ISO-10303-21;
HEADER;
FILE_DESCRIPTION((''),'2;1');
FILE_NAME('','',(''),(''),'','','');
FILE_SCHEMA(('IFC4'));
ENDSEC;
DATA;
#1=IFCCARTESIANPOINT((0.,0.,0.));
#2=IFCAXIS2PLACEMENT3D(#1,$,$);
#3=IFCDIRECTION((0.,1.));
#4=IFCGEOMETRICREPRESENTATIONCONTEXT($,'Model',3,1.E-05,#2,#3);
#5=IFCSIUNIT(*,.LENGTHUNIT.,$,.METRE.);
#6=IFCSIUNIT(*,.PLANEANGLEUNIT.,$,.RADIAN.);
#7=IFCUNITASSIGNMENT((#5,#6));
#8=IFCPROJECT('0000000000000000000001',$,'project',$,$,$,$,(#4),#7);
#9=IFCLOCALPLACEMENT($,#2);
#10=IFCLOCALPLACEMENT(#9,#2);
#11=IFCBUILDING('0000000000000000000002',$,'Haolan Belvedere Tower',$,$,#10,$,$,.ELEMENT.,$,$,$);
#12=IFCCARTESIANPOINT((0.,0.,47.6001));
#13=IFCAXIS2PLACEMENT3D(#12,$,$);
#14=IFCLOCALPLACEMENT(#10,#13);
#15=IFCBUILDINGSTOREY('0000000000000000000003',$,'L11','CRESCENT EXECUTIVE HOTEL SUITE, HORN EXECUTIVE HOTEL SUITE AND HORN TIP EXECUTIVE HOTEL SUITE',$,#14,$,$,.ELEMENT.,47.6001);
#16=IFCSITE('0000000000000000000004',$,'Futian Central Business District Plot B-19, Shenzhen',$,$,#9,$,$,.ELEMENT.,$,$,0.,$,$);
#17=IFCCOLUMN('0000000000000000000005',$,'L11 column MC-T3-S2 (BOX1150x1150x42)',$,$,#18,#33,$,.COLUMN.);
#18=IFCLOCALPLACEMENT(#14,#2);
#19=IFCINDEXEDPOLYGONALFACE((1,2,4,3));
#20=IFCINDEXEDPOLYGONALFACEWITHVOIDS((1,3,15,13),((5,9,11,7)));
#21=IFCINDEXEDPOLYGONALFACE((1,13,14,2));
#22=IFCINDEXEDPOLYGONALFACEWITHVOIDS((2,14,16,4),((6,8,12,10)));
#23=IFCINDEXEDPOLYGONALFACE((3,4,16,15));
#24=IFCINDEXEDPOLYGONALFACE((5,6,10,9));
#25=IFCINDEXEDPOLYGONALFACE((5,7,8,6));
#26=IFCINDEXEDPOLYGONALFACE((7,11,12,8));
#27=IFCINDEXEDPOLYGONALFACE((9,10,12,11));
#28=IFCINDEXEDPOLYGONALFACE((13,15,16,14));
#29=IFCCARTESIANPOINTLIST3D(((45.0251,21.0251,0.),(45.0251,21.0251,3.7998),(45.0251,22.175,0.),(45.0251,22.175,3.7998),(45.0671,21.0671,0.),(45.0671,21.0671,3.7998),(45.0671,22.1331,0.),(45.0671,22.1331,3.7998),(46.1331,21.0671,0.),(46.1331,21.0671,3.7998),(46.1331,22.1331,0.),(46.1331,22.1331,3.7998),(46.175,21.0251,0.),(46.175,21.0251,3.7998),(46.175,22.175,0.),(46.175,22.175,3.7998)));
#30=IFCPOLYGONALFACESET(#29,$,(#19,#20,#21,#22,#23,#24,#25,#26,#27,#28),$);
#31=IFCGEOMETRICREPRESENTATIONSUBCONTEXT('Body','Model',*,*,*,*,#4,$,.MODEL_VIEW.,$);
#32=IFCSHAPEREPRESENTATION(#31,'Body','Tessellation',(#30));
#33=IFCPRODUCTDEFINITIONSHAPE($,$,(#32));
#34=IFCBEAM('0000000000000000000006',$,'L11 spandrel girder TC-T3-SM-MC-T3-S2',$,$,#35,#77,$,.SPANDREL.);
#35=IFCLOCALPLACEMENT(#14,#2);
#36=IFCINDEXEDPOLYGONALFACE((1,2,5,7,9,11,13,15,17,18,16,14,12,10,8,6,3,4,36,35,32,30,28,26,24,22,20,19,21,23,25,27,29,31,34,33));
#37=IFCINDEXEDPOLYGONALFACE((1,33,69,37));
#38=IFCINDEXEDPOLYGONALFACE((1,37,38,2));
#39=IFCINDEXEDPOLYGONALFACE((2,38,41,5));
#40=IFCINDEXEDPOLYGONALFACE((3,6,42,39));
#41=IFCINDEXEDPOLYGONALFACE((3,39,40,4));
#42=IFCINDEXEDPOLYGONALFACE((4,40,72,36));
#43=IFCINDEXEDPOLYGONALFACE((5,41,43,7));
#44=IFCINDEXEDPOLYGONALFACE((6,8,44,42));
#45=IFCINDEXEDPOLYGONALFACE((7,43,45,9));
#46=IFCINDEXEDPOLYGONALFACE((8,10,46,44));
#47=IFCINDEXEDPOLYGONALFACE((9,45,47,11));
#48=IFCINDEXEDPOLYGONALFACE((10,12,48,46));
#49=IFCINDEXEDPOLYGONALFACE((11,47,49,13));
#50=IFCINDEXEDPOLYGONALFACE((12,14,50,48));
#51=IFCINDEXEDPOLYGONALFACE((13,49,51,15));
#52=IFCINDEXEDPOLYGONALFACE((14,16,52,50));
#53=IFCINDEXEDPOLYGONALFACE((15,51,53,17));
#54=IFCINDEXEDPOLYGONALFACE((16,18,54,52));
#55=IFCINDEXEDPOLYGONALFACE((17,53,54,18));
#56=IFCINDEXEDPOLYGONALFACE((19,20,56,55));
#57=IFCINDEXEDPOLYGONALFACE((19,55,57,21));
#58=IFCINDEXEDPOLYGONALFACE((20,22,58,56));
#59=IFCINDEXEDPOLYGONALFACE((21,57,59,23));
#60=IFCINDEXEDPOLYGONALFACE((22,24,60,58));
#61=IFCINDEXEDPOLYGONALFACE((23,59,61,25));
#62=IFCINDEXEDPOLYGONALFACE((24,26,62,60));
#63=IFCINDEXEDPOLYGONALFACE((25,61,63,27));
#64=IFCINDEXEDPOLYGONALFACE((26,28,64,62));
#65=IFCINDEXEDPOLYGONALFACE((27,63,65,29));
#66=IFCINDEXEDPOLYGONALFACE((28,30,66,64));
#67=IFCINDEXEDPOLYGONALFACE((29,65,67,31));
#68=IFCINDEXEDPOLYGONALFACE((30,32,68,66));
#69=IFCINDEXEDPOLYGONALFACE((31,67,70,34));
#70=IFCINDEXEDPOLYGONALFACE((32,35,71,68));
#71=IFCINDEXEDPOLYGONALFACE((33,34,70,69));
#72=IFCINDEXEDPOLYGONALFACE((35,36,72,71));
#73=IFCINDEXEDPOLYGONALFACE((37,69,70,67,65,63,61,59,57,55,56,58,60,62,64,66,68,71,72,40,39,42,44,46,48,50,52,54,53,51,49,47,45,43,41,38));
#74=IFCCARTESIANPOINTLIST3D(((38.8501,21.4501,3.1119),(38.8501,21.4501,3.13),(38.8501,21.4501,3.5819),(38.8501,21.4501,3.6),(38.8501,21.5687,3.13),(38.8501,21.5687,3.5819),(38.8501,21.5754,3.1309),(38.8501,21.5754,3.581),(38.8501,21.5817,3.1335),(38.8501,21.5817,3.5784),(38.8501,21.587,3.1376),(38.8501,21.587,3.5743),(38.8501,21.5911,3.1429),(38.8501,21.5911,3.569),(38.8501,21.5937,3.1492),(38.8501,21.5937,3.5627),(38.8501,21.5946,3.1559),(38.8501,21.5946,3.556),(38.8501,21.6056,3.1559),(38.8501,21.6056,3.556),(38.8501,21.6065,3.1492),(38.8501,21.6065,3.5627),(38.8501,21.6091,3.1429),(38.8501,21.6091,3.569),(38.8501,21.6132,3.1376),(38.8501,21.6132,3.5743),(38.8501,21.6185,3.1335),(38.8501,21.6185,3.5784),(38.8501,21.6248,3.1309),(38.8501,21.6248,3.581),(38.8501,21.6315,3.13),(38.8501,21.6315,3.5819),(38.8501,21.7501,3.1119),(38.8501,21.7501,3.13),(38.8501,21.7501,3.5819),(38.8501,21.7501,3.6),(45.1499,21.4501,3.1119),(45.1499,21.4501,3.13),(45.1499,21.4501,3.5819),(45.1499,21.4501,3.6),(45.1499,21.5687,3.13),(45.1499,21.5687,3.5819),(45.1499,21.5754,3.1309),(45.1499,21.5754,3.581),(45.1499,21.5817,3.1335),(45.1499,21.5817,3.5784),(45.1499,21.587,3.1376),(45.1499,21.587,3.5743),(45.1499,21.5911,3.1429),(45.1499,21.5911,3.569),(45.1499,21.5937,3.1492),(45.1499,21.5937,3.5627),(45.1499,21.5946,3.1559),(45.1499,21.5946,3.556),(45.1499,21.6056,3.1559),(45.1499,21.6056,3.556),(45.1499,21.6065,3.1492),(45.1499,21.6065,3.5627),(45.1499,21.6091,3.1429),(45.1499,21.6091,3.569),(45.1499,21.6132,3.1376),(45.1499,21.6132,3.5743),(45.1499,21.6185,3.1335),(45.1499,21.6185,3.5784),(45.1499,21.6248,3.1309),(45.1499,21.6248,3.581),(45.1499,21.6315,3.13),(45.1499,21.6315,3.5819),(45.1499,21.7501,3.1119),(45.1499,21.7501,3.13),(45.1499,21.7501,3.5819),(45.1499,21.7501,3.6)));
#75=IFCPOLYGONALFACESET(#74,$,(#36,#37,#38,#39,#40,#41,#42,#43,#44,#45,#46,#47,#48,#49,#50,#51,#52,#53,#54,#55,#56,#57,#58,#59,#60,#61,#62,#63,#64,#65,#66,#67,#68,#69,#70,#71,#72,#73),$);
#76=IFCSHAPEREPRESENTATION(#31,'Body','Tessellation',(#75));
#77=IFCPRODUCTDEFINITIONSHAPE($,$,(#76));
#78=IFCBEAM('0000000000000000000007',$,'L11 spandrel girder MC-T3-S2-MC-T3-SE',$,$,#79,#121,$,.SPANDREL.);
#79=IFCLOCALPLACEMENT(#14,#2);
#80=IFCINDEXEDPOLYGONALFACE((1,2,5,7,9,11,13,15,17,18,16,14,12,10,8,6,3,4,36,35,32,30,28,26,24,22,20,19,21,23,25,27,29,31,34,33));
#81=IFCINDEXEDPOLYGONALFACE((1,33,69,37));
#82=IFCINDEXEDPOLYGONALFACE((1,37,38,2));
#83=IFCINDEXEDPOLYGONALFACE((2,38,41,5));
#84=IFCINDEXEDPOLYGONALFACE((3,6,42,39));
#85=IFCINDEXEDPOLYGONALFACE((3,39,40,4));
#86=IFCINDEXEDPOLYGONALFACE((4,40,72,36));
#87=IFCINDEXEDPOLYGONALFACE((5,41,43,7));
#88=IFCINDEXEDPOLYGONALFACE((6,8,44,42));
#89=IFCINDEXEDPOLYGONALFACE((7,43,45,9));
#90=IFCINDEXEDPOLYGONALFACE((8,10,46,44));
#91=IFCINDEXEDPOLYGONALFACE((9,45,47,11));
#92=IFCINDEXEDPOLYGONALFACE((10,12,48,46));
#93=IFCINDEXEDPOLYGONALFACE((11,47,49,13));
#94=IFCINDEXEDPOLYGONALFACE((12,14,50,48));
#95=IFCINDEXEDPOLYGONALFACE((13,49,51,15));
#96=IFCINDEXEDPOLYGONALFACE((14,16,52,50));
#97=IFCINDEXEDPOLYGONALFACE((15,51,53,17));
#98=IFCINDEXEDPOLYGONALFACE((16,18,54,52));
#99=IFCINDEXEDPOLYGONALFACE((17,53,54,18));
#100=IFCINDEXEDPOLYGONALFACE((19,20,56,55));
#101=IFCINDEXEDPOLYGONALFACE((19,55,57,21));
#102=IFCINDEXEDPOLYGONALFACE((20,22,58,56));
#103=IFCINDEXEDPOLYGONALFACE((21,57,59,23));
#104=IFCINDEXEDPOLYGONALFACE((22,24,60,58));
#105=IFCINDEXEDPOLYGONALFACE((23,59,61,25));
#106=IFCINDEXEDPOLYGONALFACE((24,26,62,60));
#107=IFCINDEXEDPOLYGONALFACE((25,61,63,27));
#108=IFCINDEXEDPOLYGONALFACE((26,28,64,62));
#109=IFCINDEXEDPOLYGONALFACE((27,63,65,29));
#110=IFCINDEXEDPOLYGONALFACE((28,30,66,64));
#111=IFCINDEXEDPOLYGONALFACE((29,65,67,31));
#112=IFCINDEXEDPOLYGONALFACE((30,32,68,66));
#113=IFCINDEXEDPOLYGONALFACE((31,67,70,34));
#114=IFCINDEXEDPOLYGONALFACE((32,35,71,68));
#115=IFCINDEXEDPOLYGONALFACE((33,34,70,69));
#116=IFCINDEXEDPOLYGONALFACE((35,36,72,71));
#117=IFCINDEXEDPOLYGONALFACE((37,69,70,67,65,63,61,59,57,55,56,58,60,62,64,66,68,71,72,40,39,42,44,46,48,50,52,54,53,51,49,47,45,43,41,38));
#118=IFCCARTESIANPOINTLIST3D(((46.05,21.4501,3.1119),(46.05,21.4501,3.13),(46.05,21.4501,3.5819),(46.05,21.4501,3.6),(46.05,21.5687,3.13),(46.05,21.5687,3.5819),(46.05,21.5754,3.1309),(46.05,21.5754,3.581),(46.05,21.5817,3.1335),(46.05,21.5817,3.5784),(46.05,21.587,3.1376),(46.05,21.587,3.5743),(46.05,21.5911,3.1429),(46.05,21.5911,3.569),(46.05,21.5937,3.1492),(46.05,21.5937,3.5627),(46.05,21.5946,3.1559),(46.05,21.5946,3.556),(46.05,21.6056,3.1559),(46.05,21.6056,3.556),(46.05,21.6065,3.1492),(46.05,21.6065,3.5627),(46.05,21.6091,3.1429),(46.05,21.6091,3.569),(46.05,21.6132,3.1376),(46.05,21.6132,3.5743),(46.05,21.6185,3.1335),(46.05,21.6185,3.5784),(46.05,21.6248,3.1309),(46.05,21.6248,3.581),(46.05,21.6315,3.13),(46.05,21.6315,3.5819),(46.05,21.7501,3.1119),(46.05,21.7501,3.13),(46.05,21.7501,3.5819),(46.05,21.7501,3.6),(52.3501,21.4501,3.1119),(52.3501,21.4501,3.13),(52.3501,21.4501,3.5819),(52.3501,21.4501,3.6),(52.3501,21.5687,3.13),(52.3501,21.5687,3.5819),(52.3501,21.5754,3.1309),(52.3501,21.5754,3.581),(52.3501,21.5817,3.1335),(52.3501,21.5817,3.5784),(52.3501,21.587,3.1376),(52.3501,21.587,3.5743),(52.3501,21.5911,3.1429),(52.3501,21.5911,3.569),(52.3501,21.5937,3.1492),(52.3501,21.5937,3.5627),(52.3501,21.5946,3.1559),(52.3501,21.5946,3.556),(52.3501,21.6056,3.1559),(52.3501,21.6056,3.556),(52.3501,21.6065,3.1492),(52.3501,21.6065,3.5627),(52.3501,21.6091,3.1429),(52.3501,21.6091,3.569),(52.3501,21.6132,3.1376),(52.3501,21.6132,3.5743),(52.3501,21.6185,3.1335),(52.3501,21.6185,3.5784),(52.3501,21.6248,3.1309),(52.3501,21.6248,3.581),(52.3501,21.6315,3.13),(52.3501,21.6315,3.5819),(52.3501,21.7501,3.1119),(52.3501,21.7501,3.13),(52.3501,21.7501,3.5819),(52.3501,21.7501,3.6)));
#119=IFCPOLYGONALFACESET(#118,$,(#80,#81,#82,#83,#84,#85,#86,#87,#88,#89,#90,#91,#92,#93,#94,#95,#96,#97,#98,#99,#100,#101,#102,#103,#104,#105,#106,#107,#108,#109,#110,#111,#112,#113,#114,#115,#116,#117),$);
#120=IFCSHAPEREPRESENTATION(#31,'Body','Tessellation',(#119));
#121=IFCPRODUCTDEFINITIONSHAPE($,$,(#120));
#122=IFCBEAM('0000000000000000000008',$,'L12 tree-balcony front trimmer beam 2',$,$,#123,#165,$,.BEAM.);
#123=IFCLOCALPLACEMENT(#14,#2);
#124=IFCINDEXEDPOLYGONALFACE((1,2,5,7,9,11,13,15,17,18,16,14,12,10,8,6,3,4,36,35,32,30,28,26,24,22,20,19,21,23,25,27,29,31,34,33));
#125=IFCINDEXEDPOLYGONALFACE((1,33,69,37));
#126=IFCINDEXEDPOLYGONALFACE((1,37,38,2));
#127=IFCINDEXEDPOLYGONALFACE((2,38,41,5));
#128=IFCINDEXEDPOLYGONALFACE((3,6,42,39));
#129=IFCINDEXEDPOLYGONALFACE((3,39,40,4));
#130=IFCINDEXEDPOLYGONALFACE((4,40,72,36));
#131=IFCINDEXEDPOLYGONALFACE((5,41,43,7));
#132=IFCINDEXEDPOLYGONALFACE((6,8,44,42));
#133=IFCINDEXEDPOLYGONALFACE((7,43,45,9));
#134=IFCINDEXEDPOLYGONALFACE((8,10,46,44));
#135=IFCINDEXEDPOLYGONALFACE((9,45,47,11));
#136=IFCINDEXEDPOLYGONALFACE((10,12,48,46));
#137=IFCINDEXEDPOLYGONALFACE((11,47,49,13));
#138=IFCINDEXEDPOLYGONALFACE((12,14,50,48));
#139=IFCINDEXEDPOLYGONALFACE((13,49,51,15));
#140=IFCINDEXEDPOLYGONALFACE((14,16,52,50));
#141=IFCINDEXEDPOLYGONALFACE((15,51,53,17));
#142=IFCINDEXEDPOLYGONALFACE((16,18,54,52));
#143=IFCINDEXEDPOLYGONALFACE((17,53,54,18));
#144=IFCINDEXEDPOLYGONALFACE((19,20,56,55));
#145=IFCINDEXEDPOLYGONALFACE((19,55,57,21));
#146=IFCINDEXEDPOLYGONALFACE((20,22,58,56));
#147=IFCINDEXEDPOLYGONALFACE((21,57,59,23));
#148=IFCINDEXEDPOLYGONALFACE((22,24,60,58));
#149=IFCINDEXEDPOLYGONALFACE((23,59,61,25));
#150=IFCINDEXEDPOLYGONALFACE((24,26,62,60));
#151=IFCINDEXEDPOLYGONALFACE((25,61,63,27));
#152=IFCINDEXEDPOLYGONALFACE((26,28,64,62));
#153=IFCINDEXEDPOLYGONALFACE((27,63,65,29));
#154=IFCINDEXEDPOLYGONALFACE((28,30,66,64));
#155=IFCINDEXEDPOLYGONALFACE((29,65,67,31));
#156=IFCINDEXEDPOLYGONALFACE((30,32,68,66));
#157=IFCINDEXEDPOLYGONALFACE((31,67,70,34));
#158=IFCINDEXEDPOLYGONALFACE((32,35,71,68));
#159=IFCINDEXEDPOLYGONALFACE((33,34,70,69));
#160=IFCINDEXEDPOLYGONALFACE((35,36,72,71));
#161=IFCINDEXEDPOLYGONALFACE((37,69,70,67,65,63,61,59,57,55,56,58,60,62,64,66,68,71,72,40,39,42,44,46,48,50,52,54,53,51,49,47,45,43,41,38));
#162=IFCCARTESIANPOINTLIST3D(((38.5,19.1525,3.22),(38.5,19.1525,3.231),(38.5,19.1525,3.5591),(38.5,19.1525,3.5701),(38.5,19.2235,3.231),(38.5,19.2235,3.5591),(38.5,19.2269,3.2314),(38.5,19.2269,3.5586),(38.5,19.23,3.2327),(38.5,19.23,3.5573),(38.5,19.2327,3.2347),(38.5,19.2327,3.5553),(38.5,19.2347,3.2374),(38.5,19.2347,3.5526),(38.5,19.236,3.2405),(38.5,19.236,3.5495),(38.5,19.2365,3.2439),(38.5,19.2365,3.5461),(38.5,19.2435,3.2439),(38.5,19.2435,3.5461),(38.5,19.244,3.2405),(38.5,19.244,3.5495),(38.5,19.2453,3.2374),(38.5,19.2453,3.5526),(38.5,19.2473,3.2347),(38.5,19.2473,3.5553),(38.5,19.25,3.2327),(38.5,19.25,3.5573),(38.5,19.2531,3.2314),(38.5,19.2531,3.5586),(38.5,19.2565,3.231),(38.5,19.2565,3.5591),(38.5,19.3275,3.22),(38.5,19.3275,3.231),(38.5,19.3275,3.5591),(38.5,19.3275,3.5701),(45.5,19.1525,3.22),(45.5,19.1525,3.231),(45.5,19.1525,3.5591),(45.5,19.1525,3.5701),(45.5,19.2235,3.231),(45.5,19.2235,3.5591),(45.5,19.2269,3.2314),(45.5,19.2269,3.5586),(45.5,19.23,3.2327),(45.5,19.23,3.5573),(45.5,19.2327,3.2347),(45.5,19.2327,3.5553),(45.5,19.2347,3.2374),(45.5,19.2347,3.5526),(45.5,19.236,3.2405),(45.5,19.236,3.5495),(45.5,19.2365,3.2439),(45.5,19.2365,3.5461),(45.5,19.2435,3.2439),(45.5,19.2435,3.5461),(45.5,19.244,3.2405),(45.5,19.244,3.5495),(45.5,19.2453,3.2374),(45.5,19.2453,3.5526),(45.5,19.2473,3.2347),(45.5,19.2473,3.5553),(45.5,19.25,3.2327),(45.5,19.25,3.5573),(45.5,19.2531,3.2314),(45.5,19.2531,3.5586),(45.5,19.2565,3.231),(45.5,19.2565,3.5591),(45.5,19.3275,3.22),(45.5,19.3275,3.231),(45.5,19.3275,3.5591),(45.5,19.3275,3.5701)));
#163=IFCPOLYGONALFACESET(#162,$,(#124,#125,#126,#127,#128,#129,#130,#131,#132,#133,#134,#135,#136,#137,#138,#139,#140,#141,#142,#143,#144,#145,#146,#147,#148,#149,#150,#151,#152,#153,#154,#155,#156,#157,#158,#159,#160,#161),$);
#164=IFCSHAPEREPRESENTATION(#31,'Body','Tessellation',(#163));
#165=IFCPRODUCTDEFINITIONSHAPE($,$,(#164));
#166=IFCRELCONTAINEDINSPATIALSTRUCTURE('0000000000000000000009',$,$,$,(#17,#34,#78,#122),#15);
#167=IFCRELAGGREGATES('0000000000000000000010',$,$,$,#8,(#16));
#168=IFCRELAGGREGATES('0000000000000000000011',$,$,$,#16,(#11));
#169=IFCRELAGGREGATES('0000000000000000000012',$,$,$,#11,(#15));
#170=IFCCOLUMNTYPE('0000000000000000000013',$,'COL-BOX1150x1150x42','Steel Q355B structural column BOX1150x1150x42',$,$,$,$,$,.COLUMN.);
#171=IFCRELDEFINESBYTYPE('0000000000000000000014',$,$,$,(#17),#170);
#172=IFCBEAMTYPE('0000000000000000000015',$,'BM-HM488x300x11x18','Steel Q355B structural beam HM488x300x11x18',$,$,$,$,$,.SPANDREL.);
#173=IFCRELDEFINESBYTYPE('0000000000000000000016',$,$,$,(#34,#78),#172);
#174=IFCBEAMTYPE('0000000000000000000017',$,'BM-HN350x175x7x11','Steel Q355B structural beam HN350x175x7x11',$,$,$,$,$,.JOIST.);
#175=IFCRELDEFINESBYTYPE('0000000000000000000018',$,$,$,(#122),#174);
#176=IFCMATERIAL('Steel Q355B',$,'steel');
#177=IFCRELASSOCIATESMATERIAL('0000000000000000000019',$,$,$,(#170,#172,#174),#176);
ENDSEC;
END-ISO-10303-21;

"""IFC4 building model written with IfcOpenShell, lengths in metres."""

from ifc_helpers import new_model, si_unit, direction, frame, origin, origin_2d, place, context, subcontext, project, spatial, hollow_rectangle, i_section, extrude, material, material_profile, profile_set, type_object, element, save


model = new_model("IFC4")

# Units and contexts
model_context = context("Model", 3, precision=1e-05, world=origin(), true_north=direction((0.0, 1.0)))
body_context = subcontext(model_context, "Body", "Model", "MODEL_VIEW")
ifc_project = project(units=[si_unit("LENGTHUNIT", "METRE"), si_unit("PLANEANGLEUNIT", "RADIAN")], contexts=[model_context])

# Site, building, storey
site_placement = place(None, origin())
site = spatial("IfcSite", under=ifc_project, at=site_placement, Name="Futian Central Business District Plot B-19, Shenzhen", CompositionType="ELEMENT", RefElevation=0.0)
building_placement = place(site_placement, origin())
building = spatial("IfcBuilding", under=site, at=building_placement, Name="Haolan Belvedere Tower", CompositionType="ELEMENT")
storey_placement = place(building_placement, frame((0.0, 0.0, 47.6001)))
storey = spatial("IfcBuildingStorey", under=building, at=storey_placement, Name="L11", Description="CRESCENT EXECUTIVE HOTEL SUITE, HORN EXECUTIVE HOTEL SUITE AND HORN TIP EXECUTIVE HOTEL SUITE", CompositionType="ELEMENT", Elevation=47.6001)

# Column
ifc_material_1 = material(Name="Steel Q355B", Category="steel")
ifc_material_profile_1 = material_profile(ifc_material_1, hollow_rectangle(XDim=1.1499, YDim=1.1499, WallThickness=0.042, at=origin_2d()), Name="Steel Q355B")
ifc_profile_set_1 = profile_set([ifc_material_profile_1], Name="Steel Q355B")
column_type = type_object("IfcColumnType", Name="COL-BOX1150x1150x42", Description="Steel Q355B structural column BOX1150x1150x42", PredefinedType="COLUMN", material=ifc_profile_set_1)
column_placement = place(storey_placement, frame((45.6001, 21.6001, 0.0), z_axis=(0.0, 0.0, 1.0), x_axis=(1.0, 0.0, 0.0)))
element("IfcColumn", 1, at=column_placement, inside=storey, type_object=column_type, Name="L11 column MC-T3-S2 (BOX1150x1150x42)", PredefinedType="COLUMN", context=body_context, shape_type="SweptSolid", body=[
    extrude(hollow_rectangle(XDim=1.1499, YDim=1.1499, WallThickness=0.042, at=origin_2d()), origin(), (0.0, 0.0, 1.0), 3.7998),
])

# Beams
ifc_material_profile_2 = material_profile(ifc_material_1, i_section(OverallWidth=0.3, OverallDepth=0.488, WebThickness=0.011, FlangeThickness=0.0181, FilletRadius=0.0259, at=origin_2d()), Name="Steel Q355B")
ifc_profile_set_2 = profile_set([ifc_material_profile_2], Name="Steel Q355B")
beam_type_1 = type_object("IfcBeamType", Name="BM-HM488x300x11x18", Description="Steel Q355B structural beam HM488x300x11x18", PredefinedType="SPANDREL", material=ifc_profile_set_2)
beam_1_placement = place(storey_placement, frame((38.8501, 21.6001, 3.356), z_axis=(1.0, 0.0, 0.0), x_axis=(0.0, 1.0, 0.0)))
element("IfcBeam", 2, at=beam_1_placement, inside=storey, type_object=beam_type_1, Name="L11 spandrel girder TC-T3-SM-MC-T3-S2", PredefinedType="SPANDREL", context=body_context, shape_type="SweptSolid", body=[
    extrude(i_section(OverallWidth=0.3, OverallDepth=0.488, WebThickness=0.011, FlangeThickness=0.0181, FilletRadius=0.0259, at=origin_2d()), origin(), (0.0, 0.0, 1.0), 6.2998),
])
beam_2_placement = place(storey_placement, frame((46.05, 21.6001, 3.356), z_axis=(1.0, 0.0, 0.0), x_axis=(0.0, 1.0, 0.0)))
element("IfcBeam", 3, at=beam_2_placement, inside=storey, type_object=beam_type_1, Name="L11 spandrel girder MC-T3-S2-MC-T3-SE", PredefinedType="SPANDREL", context=body_context, shape_type="SweptSolid", body=[
    extrude(i_section(OverallWidth=0.3, OverallDepth=0.488, WebThickness=0.011, FlangeThickness=0.0181, FilletRadius=0.0259, at=origin_2d()), origin(), (0.0, 0.0, 1.0), 6.3),
])
ifc_material_profile_3 = material_profile(ifc_material_1, i_section(OverallWidth=0.175, OverallDepth=0.3501, WebThickness=0.0071, FlangeThickness=0.011, FilletRadius=0.0129, at=origin_2d()), Name="Steel Q355B")
ifc_profile_set_3 = profile_set([ifc_material_profile_3], Name="Steel Q355B")
beam_type_2 = type_object("IfcBeamType", Name="BM-HN350x175x7x11", Description="Steel Q355B structural beam HN350x175x7x11", PredefinedType="JOIST", material=ifc_profile_set_3)
beam_3_placement = place(storey_placement, frame((38.5, 19.24, 3.395), z_axis=(1.0, 0.0, 0.0), x_axis=(0.0, 1.0, 0.0)))
element("IfcBeam", 4, at=beam_3_placement, inside=storey, type_object=beam_type_2, Name="L12 tree-balcony front trimmer beam 2", PredefinedType="BEAM", context=body_context, shape_type="SweptSolid", body=[
    extrude(i_section(OverallWidth=0.175, OverallDepth=0.3501, WebThickness=0.0071, FlangeThickness=0.011, FilletRadius=0.0129, at=origin_2d()), origin(), (0.0, 0.0, 1.0), 7.0),
])

save(model, "model.ifc")
